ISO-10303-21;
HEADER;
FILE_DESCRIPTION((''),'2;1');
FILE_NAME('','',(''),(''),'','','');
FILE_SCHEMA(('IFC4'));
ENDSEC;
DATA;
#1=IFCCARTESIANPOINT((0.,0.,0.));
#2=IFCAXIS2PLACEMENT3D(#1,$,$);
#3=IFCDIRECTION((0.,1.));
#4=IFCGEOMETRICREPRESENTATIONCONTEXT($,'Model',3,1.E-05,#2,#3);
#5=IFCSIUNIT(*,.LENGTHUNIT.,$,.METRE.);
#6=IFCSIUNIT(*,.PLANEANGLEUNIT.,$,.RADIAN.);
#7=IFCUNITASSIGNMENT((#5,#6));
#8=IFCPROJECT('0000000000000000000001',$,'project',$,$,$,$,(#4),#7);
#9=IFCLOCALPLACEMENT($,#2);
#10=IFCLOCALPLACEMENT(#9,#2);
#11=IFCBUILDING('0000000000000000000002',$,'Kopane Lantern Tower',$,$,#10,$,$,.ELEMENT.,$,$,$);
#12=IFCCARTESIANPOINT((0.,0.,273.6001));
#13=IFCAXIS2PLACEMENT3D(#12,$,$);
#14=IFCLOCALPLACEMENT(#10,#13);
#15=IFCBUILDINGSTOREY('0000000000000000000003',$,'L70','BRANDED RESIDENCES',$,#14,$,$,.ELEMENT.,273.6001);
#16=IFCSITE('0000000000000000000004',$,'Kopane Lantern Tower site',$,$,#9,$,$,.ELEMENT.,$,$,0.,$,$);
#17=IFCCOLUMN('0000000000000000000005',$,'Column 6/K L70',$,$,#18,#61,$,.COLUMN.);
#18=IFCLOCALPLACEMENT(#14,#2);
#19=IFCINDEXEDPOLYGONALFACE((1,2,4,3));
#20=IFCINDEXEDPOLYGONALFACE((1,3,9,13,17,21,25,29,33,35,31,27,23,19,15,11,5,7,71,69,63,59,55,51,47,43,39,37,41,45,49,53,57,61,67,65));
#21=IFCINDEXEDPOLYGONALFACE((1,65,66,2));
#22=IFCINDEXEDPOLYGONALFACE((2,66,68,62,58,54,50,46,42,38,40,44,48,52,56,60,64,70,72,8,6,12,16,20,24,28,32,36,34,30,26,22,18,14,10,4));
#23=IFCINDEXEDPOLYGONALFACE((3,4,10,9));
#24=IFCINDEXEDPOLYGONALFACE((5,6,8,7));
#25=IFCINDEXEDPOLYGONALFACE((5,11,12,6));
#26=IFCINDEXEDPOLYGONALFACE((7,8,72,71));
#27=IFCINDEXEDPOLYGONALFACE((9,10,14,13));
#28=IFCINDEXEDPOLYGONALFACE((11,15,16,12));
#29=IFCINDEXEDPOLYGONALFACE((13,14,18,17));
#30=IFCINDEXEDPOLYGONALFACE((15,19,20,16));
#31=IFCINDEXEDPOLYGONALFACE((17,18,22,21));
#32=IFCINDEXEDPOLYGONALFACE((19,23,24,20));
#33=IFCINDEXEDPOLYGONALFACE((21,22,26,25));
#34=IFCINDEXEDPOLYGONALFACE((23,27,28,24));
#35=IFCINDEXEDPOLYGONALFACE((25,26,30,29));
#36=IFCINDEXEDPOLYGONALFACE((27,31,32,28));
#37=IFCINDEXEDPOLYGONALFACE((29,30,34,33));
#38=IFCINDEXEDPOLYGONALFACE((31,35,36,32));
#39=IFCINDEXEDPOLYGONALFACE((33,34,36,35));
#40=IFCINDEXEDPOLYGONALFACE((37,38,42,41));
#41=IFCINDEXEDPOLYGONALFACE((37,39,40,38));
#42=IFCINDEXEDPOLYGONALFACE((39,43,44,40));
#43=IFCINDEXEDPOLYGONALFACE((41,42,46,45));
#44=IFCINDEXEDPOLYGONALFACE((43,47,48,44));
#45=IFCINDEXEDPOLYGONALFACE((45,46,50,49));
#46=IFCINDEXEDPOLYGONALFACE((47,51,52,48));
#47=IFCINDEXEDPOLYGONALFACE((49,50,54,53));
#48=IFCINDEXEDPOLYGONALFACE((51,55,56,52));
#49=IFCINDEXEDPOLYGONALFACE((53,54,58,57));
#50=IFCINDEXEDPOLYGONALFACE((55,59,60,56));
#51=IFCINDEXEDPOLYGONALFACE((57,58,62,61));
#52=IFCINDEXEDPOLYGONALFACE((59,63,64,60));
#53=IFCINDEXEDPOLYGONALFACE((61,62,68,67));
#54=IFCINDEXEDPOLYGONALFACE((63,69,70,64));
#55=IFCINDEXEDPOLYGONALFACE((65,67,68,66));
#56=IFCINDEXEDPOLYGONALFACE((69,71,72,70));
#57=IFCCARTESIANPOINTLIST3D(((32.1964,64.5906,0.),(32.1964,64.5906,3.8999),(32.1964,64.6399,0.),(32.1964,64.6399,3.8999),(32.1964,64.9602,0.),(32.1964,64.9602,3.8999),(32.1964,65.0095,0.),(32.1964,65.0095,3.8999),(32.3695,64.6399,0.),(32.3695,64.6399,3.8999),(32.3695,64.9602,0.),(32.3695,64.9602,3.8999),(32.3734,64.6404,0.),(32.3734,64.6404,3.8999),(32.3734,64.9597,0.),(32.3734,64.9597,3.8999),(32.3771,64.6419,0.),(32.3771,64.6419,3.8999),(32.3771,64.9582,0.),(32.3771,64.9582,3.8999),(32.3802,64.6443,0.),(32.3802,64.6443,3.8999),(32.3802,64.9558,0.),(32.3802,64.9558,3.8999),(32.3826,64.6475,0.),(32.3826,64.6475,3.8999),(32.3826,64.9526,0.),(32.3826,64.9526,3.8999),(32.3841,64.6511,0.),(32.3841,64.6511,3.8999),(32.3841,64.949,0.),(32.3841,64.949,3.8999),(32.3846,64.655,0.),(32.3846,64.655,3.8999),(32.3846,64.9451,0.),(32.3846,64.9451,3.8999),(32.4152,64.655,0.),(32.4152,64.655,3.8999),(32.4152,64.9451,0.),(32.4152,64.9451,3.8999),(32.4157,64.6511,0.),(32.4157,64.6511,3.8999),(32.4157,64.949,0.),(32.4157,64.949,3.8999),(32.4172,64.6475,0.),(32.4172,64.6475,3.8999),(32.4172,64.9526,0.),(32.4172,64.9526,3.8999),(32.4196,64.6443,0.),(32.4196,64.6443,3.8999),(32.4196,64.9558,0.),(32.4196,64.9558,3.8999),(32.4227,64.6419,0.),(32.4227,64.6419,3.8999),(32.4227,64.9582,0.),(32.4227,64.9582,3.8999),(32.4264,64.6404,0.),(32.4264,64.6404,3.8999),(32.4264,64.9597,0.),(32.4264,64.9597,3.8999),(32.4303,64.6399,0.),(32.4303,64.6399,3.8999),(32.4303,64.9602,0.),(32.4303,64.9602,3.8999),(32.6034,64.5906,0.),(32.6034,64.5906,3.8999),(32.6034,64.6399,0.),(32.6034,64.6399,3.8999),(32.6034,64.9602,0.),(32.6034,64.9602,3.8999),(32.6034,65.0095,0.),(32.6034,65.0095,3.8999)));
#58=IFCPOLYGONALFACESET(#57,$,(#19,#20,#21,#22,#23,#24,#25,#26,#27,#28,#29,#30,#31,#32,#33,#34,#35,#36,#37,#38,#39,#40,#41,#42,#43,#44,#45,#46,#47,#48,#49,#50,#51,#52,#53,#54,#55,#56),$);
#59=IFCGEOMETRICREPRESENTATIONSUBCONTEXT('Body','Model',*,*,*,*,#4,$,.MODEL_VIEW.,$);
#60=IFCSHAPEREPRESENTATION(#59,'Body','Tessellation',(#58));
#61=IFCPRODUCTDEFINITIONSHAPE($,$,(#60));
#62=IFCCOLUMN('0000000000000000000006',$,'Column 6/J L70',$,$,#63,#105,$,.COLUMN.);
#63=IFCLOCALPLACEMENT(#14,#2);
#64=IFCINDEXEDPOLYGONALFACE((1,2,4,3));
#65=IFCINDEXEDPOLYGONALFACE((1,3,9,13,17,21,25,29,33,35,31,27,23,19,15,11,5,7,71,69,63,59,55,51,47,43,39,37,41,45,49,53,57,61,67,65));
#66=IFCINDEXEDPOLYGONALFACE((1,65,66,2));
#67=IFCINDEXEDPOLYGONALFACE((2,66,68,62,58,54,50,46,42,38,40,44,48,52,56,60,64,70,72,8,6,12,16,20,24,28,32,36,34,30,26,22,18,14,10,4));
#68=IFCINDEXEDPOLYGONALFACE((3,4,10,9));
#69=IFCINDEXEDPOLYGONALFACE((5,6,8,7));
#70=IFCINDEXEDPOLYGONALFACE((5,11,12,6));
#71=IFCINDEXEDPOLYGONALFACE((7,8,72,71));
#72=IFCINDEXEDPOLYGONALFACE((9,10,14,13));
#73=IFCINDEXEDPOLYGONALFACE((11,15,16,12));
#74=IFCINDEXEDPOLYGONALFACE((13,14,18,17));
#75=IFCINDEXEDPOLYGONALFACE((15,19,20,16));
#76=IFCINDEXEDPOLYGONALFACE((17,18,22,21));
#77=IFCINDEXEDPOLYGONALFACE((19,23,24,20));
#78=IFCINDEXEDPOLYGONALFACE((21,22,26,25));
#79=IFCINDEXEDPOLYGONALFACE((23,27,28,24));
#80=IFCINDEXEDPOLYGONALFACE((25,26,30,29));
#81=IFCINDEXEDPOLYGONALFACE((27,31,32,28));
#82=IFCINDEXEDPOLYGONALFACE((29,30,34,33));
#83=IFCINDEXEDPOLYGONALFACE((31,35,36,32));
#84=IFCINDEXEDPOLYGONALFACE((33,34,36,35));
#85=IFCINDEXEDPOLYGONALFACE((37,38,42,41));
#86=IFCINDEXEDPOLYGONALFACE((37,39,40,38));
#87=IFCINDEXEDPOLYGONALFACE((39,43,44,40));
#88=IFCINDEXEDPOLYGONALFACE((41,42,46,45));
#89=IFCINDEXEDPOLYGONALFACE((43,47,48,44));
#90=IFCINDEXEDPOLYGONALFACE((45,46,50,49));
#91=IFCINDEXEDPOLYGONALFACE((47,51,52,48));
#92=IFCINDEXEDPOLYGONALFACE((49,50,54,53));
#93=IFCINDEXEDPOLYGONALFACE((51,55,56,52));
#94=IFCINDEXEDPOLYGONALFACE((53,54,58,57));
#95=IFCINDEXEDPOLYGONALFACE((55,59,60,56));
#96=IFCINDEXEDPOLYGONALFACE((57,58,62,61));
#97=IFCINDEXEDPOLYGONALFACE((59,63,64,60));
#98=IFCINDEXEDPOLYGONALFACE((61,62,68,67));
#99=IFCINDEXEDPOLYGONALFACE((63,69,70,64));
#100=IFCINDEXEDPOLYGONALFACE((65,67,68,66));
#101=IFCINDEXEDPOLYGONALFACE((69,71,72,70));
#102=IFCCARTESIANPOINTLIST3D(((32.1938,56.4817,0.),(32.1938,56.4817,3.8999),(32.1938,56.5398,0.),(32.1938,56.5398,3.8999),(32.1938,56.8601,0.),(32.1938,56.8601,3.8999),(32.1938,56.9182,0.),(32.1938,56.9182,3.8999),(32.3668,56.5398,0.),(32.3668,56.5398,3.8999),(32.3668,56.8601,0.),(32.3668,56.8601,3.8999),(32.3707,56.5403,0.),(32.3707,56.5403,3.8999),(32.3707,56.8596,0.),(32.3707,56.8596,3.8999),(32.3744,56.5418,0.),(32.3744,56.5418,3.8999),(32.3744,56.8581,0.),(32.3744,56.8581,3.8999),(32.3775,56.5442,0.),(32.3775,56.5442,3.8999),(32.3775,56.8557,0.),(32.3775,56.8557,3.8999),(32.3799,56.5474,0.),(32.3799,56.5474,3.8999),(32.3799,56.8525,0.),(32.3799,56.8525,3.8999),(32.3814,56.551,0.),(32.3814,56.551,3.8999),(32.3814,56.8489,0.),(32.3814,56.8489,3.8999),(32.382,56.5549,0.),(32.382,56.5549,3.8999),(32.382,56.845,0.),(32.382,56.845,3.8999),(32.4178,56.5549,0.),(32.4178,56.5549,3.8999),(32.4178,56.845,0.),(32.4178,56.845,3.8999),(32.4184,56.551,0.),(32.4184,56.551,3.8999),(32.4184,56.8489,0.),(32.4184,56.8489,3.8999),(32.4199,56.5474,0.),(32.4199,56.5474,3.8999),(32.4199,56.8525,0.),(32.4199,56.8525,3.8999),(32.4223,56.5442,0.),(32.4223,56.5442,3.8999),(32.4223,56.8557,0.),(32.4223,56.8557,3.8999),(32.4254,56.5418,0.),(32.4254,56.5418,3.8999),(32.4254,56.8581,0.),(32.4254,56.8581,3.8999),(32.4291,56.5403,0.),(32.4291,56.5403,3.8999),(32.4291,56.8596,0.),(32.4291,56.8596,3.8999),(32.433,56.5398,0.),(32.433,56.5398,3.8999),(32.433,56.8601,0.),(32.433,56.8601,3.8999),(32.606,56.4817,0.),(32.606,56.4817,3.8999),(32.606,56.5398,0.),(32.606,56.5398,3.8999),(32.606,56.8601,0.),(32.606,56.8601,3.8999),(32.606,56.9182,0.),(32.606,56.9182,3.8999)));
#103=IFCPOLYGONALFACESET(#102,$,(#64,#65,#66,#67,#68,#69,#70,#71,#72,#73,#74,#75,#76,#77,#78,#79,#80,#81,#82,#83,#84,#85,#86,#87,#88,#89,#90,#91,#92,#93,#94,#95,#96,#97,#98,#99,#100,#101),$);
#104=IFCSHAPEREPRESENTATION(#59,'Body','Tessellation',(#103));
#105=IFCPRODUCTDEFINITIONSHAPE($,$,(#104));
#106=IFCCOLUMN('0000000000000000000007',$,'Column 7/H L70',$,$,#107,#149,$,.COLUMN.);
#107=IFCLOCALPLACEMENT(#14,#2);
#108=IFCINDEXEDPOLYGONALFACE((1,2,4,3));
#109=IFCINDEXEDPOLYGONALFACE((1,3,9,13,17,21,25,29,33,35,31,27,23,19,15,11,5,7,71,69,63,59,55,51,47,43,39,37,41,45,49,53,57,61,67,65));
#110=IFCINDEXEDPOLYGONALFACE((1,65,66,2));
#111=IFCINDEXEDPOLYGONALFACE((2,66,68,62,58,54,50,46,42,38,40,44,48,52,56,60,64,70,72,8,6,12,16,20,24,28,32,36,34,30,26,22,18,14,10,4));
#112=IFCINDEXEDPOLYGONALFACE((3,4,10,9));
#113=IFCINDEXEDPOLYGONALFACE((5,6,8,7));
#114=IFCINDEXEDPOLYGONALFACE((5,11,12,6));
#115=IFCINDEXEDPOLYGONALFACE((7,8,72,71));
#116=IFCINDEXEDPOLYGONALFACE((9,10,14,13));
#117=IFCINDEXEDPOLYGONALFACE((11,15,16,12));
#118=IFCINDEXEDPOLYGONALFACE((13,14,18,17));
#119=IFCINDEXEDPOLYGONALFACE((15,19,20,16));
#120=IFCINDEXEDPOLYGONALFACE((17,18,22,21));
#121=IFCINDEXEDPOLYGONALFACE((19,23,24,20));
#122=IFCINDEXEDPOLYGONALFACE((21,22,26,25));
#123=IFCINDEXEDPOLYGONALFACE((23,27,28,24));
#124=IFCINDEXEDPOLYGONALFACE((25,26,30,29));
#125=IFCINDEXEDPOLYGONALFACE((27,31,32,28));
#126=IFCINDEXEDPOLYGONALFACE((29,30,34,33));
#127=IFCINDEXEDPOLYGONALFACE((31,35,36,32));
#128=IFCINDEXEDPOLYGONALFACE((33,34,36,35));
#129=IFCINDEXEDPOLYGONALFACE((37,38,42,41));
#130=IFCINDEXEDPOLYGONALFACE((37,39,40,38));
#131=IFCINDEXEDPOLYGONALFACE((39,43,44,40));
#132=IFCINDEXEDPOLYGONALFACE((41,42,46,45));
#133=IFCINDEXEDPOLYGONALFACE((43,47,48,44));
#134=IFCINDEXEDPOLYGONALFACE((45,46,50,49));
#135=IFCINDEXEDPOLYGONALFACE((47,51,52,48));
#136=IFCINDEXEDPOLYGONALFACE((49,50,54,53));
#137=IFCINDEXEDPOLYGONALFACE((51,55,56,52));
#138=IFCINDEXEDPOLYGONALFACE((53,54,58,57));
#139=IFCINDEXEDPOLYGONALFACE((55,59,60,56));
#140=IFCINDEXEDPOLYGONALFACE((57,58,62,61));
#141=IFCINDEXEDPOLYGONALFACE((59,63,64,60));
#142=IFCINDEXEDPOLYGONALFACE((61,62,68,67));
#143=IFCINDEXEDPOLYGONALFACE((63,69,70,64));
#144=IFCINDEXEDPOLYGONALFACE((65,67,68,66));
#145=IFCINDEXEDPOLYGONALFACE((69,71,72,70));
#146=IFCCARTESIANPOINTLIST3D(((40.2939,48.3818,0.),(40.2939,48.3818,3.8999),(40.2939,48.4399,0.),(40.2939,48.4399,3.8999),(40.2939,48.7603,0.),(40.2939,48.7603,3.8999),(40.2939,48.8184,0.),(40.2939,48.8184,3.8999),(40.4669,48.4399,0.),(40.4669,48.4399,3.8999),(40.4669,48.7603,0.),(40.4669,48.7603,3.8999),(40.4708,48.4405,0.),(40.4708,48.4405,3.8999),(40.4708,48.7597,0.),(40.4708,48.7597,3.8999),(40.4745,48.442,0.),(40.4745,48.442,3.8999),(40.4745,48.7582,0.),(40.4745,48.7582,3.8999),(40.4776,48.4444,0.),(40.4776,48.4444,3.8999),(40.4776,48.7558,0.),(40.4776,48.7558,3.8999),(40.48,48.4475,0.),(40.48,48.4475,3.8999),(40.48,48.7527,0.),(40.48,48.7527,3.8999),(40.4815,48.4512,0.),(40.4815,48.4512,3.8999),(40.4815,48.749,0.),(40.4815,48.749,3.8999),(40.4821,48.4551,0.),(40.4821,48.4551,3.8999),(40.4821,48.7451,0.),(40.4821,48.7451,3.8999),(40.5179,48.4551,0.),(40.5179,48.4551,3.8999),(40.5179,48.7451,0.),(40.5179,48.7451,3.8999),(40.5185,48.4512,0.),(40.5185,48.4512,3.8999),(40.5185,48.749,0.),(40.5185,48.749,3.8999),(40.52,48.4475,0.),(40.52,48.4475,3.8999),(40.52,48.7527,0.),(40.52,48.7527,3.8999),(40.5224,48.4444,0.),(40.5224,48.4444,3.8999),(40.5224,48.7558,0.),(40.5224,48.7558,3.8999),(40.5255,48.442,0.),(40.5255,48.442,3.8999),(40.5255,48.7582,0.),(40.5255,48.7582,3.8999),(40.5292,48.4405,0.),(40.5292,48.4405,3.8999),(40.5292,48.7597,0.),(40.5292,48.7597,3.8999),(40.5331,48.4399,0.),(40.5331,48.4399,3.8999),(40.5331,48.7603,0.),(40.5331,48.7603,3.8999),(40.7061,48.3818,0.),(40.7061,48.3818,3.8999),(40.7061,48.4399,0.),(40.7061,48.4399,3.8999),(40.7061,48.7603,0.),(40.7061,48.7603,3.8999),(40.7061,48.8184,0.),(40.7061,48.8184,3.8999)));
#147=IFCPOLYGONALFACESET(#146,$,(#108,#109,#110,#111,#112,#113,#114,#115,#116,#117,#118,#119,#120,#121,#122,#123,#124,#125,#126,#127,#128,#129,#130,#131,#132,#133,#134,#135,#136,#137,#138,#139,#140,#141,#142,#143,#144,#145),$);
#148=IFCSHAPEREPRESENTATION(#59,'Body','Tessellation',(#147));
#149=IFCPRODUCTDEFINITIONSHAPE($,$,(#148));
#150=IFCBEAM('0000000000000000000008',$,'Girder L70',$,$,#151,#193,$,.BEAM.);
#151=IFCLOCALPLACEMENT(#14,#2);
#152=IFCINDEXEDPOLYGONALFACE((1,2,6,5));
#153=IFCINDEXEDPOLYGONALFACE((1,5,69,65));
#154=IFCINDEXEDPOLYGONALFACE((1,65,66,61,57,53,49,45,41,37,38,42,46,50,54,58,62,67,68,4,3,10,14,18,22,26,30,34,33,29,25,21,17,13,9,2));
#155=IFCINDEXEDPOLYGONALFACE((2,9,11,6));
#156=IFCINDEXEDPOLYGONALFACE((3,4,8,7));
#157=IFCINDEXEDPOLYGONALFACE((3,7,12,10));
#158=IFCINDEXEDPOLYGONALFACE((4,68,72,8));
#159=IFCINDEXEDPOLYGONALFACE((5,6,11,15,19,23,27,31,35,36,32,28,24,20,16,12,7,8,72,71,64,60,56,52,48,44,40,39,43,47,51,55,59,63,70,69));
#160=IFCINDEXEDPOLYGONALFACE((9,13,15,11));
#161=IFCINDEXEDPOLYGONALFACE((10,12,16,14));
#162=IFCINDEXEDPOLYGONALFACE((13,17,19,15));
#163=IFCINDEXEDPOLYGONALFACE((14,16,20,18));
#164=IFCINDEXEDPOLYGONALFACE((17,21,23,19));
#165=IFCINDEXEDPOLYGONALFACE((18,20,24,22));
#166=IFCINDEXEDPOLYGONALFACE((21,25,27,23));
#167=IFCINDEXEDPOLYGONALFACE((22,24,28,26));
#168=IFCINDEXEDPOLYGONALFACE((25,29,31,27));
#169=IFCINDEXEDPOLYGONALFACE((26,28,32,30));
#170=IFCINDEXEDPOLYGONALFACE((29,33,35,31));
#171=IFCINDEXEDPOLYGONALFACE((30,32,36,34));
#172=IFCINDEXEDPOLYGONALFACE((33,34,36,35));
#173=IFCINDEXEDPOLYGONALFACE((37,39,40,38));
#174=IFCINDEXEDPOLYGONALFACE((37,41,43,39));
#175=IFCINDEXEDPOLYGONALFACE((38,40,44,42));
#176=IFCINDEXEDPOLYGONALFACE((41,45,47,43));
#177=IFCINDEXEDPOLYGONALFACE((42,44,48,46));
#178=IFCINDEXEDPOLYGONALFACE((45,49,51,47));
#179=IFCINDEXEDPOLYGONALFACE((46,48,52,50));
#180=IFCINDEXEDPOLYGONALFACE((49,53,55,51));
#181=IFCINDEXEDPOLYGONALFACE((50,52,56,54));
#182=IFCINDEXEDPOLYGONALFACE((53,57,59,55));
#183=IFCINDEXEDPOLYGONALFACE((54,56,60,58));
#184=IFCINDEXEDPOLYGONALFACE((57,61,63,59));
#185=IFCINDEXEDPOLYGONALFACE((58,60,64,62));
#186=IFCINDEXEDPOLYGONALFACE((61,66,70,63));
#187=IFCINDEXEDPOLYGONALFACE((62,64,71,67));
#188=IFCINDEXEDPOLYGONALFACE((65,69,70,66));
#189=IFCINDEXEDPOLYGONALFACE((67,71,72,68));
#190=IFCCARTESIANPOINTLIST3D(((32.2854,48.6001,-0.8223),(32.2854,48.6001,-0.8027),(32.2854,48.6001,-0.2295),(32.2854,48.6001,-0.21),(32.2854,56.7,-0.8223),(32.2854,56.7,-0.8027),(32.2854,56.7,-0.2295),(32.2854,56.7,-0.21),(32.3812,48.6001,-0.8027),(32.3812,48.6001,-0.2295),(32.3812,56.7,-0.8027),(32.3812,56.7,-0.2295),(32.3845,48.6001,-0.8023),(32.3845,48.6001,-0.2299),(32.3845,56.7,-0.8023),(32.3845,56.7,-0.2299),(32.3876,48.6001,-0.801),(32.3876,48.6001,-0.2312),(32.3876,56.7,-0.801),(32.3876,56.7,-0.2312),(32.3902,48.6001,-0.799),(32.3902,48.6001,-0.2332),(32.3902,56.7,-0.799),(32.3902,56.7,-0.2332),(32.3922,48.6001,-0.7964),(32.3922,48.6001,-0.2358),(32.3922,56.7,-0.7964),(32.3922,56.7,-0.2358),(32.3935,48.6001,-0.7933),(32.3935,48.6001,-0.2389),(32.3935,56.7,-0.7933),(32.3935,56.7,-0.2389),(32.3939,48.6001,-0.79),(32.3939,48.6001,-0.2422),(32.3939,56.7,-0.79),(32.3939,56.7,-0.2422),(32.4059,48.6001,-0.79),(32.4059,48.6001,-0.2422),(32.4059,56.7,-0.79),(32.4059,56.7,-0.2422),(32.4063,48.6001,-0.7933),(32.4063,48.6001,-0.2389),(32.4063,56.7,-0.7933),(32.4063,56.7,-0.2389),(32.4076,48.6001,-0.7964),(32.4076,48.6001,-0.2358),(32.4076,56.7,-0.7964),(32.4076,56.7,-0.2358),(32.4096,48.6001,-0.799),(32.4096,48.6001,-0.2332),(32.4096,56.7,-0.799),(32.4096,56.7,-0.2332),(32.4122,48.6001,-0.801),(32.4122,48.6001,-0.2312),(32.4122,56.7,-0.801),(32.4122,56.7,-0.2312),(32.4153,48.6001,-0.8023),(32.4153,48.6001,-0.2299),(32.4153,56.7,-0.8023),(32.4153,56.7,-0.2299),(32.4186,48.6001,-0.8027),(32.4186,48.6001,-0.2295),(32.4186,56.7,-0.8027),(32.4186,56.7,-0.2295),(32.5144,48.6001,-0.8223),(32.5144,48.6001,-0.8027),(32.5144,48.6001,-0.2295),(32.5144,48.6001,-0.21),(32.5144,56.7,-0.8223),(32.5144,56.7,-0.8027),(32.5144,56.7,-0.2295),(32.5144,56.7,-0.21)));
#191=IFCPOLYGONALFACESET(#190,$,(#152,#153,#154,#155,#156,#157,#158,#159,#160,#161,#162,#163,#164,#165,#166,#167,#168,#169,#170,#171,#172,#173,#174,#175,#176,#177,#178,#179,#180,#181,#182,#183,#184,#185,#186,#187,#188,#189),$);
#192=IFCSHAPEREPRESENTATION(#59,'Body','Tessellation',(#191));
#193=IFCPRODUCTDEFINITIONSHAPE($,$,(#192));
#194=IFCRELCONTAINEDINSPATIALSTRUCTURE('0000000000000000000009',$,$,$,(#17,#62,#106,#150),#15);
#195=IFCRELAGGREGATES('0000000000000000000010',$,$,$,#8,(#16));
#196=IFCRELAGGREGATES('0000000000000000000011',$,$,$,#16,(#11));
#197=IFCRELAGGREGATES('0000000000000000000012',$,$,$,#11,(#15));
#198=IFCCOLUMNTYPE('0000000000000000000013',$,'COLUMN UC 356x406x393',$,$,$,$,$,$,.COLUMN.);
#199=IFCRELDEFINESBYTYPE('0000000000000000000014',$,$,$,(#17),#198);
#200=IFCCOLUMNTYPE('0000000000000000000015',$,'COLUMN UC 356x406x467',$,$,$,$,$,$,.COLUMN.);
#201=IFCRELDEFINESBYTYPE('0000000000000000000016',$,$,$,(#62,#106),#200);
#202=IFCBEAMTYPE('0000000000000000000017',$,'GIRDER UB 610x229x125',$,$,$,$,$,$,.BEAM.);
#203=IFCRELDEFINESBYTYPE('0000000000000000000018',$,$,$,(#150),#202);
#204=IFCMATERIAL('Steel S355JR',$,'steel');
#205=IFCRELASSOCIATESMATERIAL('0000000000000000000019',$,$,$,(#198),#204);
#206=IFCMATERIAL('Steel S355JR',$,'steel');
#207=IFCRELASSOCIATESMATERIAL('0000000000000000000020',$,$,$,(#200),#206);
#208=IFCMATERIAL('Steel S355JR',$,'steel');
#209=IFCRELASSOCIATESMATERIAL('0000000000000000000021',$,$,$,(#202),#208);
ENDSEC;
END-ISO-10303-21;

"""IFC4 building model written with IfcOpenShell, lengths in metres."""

from ifc_helpers import new_model, si_unit, direction, frame, origin, origin_2d, place, context, subcontext, project, spatial, i_section, extrude, material, material_profile, profile_set, type_object, element, save


model = new_model("IFC4")

# Units and contexts
model_context = context("Model", 3, precision=1e-05, world=origin(), true_north=direction((0.0, 1.0)))
body_context = subcontext(model_context, "Body", "Model", "MODEL_VIEW")
ifc_project = project(units=[si_unit("LENGTHUNIT", "METRE"), si_unit("PLANEANGLEUNIT", "RADIAN")], contexts=[model_context])

# Site, building, storey
site_placement = place(None, origin())
site = spatial("IfcSite", under=ifc_project, at=site_placement, Name="Kopane Lantern Tower site", CompositionType="ELEMENT", RefElevation=0.0)
building_placement = place(site_placement, origin())
building = spatial("IfcBuilding", under=site, at=building_placement, Name="Kopane Lantern Tower", CompositionType="ELEMENT")
storey_placement = place(building_placement, frame((0.0, 0.0, 273.6001)))
storey = spatial("IfcBuildingStorey", under=building, at=storey_placement, Name="L70", Description="BRANDED RESIDENCES", CompositionType="ELEMENT", Elevation=273.6001)

# Columns
ifc_material_1 = material(Name="Steel S355JR", Category="steel")
ifc_material_profile_1 = material_profile(ifc_material_1, i_section(OverallWidth=0.407, OverallDepth=0.4189, WebThickness=0.0305, FlangeThickness=0.0493, FilletRadius=0.0151, at=origin_2d()), Name="UC 356x406x393")
ifc_profile_set_1 = profile_set([ifc_material_profile_1], Name="Steel S355JR")
column_type_1 = type_object("IfcColumnType", Name="COLUMN UC 356x406x393", PredefinedType="COLUMN", material=ifc_profile_set_1)
column_placement = place(storey_placement, frame((32.3999, 64.8, 0.0), z_axis=(0.0, 0.0, 1.0), x_axis=(1.0, 0.0, 0.0)))
element("IfcColumn", 1, at=column_placement, inside=storey, type_object=column_type_1, Name="Column 6/K L70", PredefinedType="COLUMN", context=body_context, shape_type="SweptSolid", body=[
    extrude(i_section(OverallWidth=0.407, OverallDepth=0.4189, WebThickness=0.0305, FlangeThickness=0.0493, FilletRadius=0.0151, at=origin_2d()), origin(), (0.0, 0.0, 1.0), 3.8999),
])
ifc_material_2 = material(Name="Steel S355JR", Category="steel")
ifc_material_profile_2 = material_profile(ifc_material_2, i_section(OverallWidth=0.4121, OverallDepth=0.4365, WebThickness=0.0359, FlangeThickness=0.0581, FilletRadius=0.0151, at=origin_2d()), Name="UC 356x406x467")
ifc_profile_set_2 = profile_set([ifc_material_profile_2], Name="Steel S355JR")
column_type_2 = type_object("IfcColumnType", Name="COLUMN UC 356x406x467", PredefinedType="COLUMN", material=ifc_profile_set_2)
for number, where, z_axis, x_axis, name in (
    (2, (32.3999, 56.7, 0.0), (0.0, 0.0, 1.0), (1.0, 0.0, 0.0), "Column 6/J L70"),
    (3, (40.5, 48.6001, 0.0), (0.0, 0.0, 1.0), (1.0, 0.0, 0.0), "Column 7/H L70"),
):
    element("IfcColumn", number, at=place(storey_placement, frame(where, z_axis=z_axis, x_axis=x_axis)), inside=storey, type_object=column_type_2, Name=name, PredefinedType="COLUMN", context=body_context, shape_type="SweptSolid", body=[
        extrude(i_section(OverallWidth=0.4121, OverallDepth=0.4365, WebThickness=0.0359, FlangeThickness=0.0581, FilletRadius=0.0151, at=origin_2d()), origin(), (0.0, 0.0, 1.0), 3.8999),
    ])

# Beam
ifc_material_3 = material(Name="Steel S355JR", Category="steel")
ifc_material_profile_3 = material_profile(ifc_material_3, i_section(OverallWidth=0.229, OverallDepth=0.6123, WebThickness=0.012, FlangeThickness=0.0195, FilletRadius=0.0127, at=origin_2d()), Name="UB 610x229x125")
ifc_profile_set_3 = profile_set([ifc_material_profile_3], Name="Steel S355JR")
beam_type = type_object("IfcBeamType", Name="GIRDER UB 610x229x125", PredefinedType="BEAM", material=ifc_profile_set_3)
beam_1_placement = place(storey_placement, frame((32.3999, 48.6001, -0.5161), z_axis=(0.0, 1.0, 0.0), x_axis=(-1.0, 0.0, 0.0)))
element("IfcBeam", 4, at=beam_1_placement, inside=storey, type_object=beam_type, Name="Girder L70", PredefinedType="BEAM", context=body_context, shape_type="SweptSolid", body=[
    extrude(i_section(OverallWidth=0.229, OverallDepth=0.6123, WebThickness=0.012, FlangeThickness=0.0195, FilletRadius=0.0127, at=origin_2d()), origin(), (0.0, 0.0, 1.0), 8.0999),
])

save(model, "model.ifc")
